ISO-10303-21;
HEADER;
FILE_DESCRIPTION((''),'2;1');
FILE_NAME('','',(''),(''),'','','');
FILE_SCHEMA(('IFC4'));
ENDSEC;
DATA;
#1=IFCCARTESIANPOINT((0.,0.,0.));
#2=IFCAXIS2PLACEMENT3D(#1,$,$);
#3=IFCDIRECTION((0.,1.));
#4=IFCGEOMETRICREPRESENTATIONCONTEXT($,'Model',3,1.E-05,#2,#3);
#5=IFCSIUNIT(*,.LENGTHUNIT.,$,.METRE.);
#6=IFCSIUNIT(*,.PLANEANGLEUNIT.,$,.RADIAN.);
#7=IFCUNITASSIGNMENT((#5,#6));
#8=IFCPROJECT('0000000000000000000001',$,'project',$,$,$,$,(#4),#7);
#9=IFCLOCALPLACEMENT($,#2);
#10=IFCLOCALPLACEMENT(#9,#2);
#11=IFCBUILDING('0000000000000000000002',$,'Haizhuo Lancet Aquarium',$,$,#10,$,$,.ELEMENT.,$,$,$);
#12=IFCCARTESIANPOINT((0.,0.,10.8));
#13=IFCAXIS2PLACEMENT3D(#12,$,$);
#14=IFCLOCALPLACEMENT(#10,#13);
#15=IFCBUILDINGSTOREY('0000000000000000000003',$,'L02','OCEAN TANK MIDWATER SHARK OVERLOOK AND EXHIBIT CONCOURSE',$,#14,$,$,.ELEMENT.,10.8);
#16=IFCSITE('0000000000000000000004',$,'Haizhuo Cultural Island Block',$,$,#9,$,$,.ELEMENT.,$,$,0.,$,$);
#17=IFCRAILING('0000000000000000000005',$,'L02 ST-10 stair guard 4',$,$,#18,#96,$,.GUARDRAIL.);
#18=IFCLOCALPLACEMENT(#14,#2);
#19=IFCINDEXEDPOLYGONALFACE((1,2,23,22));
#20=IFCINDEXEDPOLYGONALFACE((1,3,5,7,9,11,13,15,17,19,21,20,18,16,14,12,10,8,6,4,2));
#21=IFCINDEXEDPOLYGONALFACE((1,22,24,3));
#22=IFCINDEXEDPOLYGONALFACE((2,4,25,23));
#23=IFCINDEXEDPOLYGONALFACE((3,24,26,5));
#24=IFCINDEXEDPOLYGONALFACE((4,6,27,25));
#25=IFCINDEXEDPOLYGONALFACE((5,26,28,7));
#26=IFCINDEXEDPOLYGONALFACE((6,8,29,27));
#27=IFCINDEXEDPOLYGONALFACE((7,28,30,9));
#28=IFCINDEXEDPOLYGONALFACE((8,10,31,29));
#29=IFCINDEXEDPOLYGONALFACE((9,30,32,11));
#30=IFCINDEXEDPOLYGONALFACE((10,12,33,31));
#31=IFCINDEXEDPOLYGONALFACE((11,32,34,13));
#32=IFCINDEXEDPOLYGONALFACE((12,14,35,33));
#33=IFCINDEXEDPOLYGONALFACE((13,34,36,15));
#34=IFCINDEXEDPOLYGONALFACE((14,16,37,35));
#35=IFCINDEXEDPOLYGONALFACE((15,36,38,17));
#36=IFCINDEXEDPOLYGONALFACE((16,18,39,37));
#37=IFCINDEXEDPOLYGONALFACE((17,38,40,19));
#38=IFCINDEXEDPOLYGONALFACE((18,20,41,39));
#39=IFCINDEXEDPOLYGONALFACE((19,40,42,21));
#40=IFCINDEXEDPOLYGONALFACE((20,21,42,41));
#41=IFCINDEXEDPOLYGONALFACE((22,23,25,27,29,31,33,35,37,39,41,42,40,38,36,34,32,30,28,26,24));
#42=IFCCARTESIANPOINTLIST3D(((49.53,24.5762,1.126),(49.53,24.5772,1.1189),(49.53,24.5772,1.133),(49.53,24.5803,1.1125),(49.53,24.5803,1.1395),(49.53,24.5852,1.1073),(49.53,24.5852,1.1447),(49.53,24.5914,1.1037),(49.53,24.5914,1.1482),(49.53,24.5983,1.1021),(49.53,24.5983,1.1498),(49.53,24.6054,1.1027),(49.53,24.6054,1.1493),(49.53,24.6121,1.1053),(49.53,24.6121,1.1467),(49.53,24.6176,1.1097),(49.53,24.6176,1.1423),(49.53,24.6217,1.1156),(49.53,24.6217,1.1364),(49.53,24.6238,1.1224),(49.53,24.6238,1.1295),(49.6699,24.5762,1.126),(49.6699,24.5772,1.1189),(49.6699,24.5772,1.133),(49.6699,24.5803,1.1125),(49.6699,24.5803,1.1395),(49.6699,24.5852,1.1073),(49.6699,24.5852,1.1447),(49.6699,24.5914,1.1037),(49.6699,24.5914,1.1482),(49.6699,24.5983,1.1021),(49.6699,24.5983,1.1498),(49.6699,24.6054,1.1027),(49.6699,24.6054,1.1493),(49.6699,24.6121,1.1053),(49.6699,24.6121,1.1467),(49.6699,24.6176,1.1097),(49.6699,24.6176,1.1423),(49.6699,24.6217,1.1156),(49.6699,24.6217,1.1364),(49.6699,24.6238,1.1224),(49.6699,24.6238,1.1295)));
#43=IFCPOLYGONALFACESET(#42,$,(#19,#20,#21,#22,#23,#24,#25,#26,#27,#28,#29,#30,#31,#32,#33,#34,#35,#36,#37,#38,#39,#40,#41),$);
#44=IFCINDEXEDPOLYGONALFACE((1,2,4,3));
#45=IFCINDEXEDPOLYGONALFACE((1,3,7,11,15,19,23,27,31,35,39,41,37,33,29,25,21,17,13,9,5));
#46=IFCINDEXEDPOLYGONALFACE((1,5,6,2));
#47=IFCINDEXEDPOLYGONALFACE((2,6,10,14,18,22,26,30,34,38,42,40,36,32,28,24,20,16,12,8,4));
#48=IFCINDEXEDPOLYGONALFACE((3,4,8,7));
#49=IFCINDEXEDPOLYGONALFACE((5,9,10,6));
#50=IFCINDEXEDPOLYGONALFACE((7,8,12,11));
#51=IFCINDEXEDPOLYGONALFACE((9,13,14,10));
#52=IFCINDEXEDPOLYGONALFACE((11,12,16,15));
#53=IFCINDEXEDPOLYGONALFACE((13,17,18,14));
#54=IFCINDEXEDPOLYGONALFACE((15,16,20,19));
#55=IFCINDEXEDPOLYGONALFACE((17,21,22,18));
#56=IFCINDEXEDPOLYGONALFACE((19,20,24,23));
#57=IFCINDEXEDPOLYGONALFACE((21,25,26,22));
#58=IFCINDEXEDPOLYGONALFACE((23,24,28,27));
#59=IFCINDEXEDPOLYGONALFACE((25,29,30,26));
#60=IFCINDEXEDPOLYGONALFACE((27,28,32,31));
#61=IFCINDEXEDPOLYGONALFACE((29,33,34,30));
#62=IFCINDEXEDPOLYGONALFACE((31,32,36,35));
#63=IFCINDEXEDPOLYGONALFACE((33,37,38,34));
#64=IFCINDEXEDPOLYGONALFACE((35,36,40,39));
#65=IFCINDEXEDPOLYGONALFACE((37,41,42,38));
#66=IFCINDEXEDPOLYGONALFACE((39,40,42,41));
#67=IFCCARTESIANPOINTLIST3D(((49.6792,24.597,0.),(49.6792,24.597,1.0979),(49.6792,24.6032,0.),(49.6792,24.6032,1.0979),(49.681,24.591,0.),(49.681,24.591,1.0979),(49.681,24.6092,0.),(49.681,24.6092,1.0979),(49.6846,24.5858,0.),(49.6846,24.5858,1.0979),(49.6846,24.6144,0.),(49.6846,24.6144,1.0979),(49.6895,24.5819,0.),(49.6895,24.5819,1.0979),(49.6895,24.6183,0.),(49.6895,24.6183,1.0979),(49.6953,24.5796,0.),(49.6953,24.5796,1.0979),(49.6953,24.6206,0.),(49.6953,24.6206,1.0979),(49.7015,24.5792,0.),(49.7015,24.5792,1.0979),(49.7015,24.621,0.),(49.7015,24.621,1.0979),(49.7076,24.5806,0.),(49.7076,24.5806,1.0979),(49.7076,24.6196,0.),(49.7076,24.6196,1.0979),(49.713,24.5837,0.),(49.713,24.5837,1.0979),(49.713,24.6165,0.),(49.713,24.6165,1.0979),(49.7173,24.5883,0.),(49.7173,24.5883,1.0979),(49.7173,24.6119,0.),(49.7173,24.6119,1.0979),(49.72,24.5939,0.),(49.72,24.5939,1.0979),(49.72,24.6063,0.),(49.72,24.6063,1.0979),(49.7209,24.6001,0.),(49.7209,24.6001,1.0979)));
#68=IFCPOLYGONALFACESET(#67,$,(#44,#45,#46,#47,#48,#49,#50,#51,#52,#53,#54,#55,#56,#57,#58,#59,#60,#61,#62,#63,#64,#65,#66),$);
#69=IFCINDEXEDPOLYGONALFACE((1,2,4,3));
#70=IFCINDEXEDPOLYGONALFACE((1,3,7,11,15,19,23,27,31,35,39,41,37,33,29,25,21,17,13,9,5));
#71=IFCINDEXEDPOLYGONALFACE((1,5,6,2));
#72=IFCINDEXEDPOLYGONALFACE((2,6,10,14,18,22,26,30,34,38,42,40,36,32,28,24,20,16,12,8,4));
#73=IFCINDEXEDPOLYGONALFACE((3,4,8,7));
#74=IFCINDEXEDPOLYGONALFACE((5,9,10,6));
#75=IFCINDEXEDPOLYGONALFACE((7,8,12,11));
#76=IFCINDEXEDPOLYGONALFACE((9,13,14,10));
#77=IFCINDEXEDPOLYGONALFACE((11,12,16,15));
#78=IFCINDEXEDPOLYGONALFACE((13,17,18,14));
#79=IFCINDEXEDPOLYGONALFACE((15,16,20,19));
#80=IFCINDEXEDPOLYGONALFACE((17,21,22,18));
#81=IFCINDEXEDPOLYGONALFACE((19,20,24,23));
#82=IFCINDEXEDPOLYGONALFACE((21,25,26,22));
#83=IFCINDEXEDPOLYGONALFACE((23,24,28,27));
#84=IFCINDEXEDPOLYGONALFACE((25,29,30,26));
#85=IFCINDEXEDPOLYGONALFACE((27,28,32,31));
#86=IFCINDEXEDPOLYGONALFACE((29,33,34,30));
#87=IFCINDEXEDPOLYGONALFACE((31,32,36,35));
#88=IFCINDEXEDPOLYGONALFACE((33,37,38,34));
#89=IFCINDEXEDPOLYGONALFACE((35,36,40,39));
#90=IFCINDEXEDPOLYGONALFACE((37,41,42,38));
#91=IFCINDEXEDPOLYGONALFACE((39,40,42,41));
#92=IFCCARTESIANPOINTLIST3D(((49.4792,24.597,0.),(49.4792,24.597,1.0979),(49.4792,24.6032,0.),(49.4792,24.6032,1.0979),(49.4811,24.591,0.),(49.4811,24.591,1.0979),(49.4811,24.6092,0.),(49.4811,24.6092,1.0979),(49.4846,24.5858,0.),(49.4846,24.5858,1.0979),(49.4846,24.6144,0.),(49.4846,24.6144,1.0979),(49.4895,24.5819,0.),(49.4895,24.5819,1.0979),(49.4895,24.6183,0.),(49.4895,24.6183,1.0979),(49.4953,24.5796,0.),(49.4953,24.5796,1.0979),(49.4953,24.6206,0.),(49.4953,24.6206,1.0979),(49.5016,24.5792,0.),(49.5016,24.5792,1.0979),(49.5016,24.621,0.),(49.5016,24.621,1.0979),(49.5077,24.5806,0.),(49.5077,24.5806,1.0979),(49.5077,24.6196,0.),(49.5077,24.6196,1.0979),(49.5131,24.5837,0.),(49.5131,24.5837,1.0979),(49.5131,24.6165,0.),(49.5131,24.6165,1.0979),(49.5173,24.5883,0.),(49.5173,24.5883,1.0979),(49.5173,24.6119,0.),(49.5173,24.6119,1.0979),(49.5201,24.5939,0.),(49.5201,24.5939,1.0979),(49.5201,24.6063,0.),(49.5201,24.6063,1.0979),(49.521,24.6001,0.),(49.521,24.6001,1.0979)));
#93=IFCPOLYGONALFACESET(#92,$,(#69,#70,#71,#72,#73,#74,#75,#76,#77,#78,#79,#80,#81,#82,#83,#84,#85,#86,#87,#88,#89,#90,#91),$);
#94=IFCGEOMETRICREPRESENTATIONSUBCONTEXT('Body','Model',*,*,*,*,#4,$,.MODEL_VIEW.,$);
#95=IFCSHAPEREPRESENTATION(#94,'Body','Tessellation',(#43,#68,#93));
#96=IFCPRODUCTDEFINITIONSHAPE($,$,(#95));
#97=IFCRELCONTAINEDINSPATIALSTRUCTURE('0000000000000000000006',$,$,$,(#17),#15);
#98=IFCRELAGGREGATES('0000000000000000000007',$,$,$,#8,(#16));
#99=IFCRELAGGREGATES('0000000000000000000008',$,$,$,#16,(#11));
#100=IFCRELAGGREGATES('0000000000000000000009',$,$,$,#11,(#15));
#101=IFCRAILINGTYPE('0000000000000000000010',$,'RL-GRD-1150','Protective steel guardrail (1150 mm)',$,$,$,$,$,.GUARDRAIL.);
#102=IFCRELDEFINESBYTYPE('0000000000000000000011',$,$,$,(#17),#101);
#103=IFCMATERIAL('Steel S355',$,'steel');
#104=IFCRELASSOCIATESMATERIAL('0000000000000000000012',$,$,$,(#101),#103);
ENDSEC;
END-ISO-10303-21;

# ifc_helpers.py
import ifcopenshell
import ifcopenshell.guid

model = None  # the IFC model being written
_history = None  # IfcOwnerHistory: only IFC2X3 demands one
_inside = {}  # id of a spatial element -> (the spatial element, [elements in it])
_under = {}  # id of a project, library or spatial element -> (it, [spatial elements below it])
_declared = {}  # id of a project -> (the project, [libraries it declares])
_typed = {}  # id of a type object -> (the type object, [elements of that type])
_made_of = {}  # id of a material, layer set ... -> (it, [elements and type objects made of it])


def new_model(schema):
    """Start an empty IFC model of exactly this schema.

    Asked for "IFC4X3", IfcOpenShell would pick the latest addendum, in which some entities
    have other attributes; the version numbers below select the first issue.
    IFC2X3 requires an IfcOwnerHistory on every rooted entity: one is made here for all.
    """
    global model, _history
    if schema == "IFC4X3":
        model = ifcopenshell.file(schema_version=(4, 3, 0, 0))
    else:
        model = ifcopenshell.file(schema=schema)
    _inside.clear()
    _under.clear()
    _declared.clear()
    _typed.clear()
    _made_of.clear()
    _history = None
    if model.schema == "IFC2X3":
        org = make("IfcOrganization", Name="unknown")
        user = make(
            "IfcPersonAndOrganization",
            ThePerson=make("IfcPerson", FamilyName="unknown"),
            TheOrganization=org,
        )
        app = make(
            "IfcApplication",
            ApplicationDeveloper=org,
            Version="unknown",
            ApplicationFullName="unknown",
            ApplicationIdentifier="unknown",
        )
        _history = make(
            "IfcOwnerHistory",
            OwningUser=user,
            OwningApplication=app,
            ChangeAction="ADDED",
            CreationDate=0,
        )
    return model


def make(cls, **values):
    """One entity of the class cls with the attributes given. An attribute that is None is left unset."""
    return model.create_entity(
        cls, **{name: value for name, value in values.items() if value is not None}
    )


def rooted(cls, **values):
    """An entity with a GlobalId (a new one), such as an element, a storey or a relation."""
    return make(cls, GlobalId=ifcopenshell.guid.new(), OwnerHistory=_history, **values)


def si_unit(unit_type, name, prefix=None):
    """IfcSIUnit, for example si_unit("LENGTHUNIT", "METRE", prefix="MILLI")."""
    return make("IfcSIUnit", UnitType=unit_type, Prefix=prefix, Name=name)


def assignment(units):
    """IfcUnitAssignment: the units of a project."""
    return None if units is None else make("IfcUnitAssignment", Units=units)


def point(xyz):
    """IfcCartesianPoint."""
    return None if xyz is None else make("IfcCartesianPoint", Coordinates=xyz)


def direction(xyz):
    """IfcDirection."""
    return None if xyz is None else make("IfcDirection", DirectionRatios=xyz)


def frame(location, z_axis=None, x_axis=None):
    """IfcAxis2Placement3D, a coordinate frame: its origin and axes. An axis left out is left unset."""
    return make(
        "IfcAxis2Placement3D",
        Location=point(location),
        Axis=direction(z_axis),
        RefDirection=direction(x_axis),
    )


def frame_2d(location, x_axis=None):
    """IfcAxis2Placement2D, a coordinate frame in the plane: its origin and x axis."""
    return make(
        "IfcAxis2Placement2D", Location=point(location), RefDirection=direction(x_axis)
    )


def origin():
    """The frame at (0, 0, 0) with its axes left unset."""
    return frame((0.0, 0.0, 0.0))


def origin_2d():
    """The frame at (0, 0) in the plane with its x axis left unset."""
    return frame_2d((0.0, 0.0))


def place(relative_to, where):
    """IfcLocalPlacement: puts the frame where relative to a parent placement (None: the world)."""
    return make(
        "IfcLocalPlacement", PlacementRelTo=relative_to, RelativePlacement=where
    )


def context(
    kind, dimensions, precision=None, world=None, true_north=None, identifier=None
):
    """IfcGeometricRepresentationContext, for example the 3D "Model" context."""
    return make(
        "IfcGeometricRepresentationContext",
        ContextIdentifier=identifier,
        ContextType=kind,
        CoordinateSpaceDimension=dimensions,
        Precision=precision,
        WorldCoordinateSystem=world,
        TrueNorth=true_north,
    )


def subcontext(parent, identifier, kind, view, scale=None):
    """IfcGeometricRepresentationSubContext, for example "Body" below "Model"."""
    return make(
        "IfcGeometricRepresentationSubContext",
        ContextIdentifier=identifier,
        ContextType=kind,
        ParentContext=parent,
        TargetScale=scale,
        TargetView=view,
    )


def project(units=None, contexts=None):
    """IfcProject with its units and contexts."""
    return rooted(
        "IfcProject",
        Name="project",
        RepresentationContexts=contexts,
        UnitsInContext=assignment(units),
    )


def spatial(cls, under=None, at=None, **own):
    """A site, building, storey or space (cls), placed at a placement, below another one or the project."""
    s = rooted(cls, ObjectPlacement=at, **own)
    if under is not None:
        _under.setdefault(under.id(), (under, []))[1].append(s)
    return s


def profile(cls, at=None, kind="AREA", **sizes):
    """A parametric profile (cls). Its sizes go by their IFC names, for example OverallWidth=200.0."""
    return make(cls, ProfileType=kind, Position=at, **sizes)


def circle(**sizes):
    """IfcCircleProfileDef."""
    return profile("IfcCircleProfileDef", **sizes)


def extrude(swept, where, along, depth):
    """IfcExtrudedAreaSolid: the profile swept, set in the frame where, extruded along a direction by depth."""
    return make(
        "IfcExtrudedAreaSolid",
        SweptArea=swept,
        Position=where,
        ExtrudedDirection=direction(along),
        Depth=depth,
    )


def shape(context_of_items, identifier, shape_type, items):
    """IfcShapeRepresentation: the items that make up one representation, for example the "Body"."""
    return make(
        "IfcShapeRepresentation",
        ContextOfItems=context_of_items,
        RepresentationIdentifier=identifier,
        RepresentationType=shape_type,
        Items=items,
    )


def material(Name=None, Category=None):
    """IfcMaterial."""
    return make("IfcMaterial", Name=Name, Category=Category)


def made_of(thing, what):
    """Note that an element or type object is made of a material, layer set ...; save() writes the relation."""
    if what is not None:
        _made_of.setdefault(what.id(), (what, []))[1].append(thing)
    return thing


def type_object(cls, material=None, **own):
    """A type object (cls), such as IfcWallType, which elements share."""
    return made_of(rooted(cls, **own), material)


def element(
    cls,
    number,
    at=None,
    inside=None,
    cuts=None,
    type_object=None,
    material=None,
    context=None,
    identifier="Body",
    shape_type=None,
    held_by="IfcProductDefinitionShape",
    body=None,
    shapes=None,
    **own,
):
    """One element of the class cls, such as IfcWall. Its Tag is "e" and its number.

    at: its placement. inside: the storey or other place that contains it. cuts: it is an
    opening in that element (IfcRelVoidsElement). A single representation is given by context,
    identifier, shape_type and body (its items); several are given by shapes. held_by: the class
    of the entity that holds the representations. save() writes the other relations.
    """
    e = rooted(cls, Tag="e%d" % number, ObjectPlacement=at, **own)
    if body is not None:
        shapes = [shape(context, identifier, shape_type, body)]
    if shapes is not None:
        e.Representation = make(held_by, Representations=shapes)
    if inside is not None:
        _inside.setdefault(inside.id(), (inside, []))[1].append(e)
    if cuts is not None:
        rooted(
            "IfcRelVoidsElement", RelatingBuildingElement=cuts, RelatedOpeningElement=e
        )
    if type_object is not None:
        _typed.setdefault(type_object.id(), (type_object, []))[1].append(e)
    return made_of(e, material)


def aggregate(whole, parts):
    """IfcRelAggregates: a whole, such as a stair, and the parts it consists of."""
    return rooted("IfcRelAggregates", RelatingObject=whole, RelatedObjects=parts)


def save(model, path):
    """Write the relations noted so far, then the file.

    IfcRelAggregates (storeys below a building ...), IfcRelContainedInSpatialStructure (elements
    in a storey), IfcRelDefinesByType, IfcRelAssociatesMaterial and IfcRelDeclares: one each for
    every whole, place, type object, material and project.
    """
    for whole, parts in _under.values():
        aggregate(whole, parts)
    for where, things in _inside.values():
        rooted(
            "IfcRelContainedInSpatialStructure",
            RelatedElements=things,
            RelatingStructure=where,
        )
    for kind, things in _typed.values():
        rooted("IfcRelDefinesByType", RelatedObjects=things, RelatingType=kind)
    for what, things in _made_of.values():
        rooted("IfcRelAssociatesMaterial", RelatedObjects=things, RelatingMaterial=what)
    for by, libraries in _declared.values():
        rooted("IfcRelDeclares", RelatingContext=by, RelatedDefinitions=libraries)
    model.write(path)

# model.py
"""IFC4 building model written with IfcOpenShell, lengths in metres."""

from ifc_helpers import new_model, si_unit, direction, frame, origin, origin_2d, place, context, subcontext, project, spatial, circle, extrude, material, type_object, element, save


model = new_model("IFC4")

# Units and contexts
model_context = context("Model", 3, precision=1e-05, world=origin(), true_north=direction((0.0, 1.0)))
body_context = subcontext(model_context, "Body", "Model", "MODEL_VIEW")
ifc_project = project(units=[si_unit("LENGTHUNIT", "METRE"), si_unit("PLANEANGLEUNIT", "RADIAN")], contexts=[model_context])

# Site, building, storey
site_placement = place(None, origin())
site = spatial("IfcSite", under=ifc_project, at=site_placement, Name="Haizhuo Cultural Island Block", CompositionType="ELEMENT", RefElevation=0.0)
building_placement = place(site_placement, origin())
building = spatial("IfcBuilding", under=site, at=building_placement, Name="Haizhuo Lancet Aquarium", CompositionType="ELEMENT")
storey_placement = place(building_placement, frame((0.0, 0.0, 10.8)))
storey = spatial("IfcBuildingStorey", under=building, at=storey_placement, Name="L02", Description="OCEAN TANK MIDWATER SHARK OVERLOOK AND EXHIBIT CONCOURSE", CompositionType="ELEMENT", Elevation=10.8)

# Shared definitions
ifc_material_1 = material(Name="Steel S355", Category="steel")

# Railing
railing_type_1 = type_object("IfcRailingType", Name="RL-GRD-1150", Description="Protective steel guardrail (1150 mm)", PredefinedType="GUARDRAIL", material=ifc_material_1)
railing_1_placement = place(storey_placement, frame((49.7, 24.6001, 0.0)))
element("IfcRailing", 1, at=railing_1_placement, inside=storey, type_object=railing_type_1, Name="L02 ST-10 stair guard 4", PredefinedType="GUARDRAIL", context=body_context, shape_type="SweptSolid", body=[
    extrude(circle(Radius=0.0239, at=origin_2d()), frame((-0.03, 0.0, 1.126), z_axis=(-1.0, 0.0, 0.0), x_axis=(0.0, -1.0, 0.0)), (0.0, 0.0, 1.0), 0.1399),
    extrude(circle(Radius=0.021, at=origin_2d()), origin(), (0.0, 0.0, 1.0), 1.0979),
    extrude(circle(Radius=0.021, at=origin_2d()), frame((-0.2, 0.0, 0.0)), (0.0, 0.0, 1.0), 1.0979),
])

save(model, "model.ifc")
